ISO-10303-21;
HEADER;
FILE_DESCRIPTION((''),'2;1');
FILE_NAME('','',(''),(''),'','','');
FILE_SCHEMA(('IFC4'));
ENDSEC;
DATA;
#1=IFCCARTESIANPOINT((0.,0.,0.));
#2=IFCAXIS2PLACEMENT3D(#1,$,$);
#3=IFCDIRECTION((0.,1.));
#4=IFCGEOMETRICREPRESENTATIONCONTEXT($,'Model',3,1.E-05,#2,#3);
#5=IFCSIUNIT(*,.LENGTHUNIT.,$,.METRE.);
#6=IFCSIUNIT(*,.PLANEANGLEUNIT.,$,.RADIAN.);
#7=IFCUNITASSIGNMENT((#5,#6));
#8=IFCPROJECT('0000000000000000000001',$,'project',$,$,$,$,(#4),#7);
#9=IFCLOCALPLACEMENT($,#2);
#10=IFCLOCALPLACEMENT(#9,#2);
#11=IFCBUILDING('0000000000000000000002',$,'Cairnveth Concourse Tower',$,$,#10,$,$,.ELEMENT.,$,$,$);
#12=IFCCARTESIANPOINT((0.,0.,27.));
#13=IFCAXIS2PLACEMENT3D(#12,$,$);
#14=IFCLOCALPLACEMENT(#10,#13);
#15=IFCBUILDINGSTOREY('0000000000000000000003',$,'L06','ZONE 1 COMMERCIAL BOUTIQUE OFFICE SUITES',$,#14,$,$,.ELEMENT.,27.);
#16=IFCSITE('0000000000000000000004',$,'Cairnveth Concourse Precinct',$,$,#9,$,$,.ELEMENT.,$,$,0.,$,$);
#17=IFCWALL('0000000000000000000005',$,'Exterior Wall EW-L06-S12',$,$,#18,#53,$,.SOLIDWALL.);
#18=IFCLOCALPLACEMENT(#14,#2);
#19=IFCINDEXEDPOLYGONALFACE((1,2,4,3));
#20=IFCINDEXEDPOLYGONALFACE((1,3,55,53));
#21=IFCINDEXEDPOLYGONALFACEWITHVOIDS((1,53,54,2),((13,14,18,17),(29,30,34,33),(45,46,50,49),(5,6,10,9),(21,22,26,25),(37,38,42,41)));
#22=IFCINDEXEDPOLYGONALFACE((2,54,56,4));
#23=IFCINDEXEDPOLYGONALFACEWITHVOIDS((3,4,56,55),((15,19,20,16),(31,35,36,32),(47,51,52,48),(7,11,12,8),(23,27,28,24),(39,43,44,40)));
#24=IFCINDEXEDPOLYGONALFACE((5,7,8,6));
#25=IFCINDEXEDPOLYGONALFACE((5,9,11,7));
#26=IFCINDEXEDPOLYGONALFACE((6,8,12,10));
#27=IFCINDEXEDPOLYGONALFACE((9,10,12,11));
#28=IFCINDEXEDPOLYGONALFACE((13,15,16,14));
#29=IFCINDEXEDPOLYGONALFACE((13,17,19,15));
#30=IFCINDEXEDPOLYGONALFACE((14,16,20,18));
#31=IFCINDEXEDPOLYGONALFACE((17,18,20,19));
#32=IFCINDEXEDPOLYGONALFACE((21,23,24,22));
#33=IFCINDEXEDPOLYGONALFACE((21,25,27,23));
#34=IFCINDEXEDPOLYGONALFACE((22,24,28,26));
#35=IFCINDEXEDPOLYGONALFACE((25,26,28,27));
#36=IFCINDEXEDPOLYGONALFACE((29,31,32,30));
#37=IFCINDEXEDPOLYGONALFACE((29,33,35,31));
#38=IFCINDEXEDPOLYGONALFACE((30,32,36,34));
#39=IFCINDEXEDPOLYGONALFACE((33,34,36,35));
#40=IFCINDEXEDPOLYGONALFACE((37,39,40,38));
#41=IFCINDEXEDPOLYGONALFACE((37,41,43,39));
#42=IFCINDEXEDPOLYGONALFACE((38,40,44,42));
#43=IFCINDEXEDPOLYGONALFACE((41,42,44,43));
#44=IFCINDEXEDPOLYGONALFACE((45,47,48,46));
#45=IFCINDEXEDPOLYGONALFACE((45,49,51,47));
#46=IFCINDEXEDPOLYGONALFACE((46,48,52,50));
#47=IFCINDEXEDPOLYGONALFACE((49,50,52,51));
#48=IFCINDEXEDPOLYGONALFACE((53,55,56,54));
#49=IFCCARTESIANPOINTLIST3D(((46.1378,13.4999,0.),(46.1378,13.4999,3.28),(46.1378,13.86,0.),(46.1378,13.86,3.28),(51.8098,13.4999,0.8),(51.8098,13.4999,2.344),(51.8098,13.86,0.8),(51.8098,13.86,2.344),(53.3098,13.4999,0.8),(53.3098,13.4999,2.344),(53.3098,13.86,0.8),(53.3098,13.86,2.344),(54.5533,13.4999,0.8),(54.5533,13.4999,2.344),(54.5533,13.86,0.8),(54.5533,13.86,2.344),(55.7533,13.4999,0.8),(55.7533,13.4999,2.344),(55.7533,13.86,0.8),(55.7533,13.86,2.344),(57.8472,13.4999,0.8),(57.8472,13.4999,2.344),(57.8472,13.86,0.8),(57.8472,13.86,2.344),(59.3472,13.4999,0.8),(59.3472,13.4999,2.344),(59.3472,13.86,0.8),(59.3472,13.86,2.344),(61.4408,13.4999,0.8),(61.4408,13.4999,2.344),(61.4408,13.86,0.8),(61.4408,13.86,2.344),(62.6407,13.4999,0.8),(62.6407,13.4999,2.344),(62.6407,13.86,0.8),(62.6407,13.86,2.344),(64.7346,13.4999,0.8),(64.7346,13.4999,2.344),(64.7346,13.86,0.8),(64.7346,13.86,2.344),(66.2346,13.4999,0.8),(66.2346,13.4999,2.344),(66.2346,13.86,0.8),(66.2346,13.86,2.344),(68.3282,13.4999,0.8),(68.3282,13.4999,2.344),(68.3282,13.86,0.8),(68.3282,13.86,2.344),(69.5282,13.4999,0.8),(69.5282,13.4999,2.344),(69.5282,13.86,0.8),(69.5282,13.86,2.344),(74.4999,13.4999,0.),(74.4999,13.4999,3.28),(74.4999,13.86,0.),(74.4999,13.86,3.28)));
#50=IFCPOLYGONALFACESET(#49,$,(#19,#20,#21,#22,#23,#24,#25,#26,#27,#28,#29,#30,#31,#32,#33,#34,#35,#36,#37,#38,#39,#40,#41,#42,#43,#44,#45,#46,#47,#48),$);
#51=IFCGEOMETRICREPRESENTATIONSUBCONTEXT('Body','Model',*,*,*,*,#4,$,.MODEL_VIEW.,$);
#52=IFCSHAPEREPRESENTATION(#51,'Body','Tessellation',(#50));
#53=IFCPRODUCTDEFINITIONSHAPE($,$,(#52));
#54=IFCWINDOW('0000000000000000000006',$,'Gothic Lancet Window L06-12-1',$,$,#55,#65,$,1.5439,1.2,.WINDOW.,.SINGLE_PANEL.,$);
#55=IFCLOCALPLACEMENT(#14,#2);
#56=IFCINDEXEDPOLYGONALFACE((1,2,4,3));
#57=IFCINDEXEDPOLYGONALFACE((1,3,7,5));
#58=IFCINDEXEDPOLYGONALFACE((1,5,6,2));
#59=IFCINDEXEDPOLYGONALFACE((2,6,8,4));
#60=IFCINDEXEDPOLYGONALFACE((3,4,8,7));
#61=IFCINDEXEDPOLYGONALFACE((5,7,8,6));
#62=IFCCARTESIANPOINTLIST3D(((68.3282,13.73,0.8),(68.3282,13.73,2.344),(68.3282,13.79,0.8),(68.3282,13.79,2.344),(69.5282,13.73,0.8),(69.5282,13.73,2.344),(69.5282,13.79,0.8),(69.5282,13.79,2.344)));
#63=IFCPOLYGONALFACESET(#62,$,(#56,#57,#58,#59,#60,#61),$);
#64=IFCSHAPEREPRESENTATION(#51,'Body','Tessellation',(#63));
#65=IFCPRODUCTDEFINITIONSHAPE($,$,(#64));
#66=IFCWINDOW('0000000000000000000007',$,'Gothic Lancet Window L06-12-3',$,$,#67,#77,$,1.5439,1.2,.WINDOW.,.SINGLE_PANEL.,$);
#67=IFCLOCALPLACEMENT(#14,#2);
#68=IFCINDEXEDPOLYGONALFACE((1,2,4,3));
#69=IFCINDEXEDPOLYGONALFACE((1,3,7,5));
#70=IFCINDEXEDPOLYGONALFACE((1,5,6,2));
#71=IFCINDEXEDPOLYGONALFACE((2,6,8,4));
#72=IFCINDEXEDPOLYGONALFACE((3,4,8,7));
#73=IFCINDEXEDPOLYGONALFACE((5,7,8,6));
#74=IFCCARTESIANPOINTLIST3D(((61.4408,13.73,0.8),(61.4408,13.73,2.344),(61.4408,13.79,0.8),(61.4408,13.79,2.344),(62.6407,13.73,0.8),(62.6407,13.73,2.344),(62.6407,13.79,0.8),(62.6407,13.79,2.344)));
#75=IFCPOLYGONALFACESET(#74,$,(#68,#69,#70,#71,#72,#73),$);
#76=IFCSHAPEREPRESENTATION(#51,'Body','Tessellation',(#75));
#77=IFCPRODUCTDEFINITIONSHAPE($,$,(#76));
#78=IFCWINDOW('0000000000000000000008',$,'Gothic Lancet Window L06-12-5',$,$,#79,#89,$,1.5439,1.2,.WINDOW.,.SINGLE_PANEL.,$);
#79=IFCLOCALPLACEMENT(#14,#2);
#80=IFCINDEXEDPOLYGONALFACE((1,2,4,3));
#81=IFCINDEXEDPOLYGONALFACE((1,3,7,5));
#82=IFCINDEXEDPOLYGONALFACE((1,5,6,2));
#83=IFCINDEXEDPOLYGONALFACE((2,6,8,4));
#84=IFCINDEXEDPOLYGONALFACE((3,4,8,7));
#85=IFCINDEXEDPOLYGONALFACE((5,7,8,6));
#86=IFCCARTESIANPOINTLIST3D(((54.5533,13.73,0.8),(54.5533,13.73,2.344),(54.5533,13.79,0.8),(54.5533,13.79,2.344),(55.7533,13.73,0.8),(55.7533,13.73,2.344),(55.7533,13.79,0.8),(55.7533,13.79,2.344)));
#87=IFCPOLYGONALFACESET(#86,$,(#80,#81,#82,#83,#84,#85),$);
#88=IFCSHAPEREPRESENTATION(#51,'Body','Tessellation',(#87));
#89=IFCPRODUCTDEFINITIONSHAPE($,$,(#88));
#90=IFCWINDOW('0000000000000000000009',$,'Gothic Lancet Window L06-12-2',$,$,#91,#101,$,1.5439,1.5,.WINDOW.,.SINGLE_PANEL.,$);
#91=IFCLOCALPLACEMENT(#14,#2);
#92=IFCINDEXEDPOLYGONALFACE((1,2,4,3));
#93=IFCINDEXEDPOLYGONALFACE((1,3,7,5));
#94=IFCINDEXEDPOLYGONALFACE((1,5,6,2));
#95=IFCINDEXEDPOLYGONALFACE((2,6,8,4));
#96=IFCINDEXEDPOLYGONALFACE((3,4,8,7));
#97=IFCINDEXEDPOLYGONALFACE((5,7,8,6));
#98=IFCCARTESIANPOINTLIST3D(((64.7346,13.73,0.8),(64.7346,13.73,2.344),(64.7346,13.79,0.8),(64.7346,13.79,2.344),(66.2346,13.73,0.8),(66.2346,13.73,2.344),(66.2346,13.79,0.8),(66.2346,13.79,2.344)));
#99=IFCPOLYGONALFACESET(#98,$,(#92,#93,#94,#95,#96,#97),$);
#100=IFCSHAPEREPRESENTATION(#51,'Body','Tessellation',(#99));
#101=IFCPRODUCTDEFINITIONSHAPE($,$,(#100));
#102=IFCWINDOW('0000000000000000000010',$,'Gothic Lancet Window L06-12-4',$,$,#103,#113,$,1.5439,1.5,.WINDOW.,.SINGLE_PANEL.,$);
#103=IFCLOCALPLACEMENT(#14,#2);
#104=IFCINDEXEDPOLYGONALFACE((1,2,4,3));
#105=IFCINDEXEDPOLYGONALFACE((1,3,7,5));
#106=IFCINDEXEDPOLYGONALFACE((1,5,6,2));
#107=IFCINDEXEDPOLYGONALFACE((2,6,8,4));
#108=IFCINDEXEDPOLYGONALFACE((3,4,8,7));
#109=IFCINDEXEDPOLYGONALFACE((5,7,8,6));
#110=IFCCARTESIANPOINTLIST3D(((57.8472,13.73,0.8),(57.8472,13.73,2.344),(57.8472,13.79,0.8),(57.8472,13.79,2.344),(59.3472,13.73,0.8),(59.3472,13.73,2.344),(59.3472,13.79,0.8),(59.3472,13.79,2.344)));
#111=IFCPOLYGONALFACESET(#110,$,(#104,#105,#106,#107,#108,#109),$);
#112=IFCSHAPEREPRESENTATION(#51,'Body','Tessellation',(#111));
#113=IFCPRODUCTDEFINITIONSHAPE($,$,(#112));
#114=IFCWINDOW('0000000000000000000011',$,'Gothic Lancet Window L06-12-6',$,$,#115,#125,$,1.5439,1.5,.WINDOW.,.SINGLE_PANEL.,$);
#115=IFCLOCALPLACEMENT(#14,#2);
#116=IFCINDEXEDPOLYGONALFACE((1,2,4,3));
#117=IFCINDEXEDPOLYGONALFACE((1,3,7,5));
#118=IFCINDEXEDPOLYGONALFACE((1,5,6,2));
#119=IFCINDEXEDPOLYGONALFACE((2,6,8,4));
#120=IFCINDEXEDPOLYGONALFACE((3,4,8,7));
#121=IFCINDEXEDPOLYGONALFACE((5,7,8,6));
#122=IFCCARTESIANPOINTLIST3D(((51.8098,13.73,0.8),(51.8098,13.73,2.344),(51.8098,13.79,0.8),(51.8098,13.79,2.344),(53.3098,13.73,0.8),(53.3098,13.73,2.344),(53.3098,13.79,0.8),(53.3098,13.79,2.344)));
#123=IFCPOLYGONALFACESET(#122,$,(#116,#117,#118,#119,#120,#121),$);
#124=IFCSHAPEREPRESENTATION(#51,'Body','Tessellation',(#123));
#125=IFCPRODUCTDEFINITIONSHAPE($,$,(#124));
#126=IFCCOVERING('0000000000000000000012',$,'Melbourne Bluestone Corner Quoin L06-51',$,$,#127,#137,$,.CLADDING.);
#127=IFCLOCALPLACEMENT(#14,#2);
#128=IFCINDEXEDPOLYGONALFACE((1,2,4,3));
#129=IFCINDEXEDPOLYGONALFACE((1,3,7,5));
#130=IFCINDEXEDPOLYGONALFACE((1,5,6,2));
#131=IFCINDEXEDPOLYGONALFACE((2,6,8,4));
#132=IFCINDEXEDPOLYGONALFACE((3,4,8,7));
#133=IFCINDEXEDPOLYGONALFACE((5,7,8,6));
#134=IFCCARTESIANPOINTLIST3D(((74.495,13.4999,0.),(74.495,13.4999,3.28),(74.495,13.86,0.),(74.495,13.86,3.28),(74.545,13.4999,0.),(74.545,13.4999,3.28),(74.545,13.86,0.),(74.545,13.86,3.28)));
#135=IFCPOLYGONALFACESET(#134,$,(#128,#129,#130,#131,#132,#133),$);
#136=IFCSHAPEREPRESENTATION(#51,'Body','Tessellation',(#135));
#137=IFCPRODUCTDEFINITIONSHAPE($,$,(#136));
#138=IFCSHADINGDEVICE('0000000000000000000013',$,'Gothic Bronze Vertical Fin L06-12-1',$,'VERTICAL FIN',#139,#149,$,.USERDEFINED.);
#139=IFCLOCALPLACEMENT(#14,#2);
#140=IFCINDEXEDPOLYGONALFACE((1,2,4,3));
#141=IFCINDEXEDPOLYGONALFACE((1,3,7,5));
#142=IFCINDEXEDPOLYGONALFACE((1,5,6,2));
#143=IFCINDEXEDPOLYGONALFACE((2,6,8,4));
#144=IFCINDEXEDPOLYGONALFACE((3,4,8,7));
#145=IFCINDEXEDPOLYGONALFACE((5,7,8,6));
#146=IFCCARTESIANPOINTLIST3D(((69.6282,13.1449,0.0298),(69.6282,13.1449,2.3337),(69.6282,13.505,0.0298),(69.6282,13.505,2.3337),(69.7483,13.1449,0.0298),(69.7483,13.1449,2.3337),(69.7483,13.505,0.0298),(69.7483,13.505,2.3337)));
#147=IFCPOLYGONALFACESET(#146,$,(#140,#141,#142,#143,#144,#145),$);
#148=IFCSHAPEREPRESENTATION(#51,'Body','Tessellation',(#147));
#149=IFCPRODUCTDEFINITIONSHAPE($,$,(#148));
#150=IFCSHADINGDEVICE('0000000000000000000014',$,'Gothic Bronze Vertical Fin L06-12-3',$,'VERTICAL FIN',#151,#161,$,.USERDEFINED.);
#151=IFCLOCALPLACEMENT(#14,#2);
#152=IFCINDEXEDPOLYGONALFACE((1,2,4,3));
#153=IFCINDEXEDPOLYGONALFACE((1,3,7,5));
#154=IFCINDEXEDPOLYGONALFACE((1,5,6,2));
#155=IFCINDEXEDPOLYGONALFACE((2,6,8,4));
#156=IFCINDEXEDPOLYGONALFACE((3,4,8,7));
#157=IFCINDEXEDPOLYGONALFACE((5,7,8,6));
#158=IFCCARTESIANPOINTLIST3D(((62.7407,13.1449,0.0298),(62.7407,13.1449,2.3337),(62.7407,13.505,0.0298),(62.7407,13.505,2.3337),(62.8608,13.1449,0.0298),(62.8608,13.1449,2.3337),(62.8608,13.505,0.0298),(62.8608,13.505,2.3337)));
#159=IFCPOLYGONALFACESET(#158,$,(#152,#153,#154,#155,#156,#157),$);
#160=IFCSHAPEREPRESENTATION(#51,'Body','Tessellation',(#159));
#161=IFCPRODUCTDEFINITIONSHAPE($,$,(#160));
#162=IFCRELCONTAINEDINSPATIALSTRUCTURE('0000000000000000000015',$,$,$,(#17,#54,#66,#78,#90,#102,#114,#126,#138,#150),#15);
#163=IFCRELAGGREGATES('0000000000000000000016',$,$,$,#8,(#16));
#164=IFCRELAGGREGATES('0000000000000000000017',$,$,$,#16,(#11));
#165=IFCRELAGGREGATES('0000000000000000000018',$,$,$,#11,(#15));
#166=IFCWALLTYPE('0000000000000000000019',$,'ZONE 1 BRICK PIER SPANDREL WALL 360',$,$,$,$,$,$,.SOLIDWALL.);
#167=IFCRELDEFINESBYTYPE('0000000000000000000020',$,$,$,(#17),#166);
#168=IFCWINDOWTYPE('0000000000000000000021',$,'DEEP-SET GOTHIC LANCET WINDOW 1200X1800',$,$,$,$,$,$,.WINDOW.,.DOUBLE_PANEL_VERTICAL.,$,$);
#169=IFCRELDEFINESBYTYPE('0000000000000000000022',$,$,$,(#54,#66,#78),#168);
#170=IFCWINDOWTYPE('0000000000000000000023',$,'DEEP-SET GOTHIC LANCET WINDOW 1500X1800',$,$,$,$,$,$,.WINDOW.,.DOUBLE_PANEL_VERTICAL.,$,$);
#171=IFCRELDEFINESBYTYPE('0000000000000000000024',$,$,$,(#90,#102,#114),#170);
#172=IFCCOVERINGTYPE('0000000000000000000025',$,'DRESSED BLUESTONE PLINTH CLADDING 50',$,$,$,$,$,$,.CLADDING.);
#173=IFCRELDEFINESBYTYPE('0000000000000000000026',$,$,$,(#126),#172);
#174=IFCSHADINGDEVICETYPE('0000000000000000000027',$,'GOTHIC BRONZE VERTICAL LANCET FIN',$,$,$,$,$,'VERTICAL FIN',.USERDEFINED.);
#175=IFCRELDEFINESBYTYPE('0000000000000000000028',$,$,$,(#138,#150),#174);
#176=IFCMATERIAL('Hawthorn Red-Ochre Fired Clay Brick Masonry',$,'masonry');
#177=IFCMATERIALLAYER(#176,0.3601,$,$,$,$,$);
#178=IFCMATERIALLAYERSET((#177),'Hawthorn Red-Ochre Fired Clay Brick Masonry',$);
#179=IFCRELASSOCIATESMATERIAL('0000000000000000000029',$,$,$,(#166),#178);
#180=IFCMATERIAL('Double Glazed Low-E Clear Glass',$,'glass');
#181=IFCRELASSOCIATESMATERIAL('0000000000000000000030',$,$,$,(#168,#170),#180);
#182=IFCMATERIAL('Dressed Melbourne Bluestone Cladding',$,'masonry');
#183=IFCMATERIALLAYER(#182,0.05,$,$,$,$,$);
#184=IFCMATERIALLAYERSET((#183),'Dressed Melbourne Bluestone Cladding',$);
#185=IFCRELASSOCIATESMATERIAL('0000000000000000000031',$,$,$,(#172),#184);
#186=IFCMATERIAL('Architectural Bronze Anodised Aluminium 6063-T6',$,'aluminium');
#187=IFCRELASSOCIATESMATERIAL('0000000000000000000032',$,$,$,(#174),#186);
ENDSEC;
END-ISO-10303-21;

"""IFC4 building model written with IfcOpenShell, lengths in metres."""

from ifc_helpers import new_model, si_unit, direction, frame, frame_2d, origin, origin_2d, place, context, subcontext, project, spatial, rectangle, extrude, material, layer, layer_set, type_object, element, fill, save


model = new_model("IFC4")

# Units and contexts
model_context = context("Model", 3, precision=1e-05, world=origin(), true_north=direction((0.0, 1.0)))
body_context = subcontext(model_context, "Body", "Model", "MODEL_VIEW")
ifc_project = project(units=[si_unit("LENGTHUNIT", "METRE"), si_unit("PLANEANGLEUNIT", "RADIAN")], contexts=[model_context])

# Site, building, storey
site_placement = place(None, origin())
site = spatial("IfcSite", under=ifc_project, at=site_placement, Name="Cairnveth Concourse Precinct", CompositionType="ELEMENT", RefElevation=0.0)
building_placement = place(site_placement, origin())
building = spatial("IfcBuilding", under=site, at=building_placement, Name="Cairnveth Concourse Tower", CompositionType="ELEMENT")
storey_placement = place(building_placement, frame((0.0, 0.0, 27.0)))
storey = spatial("IfcBuildingStorey", under=building, at=storey_placement, Name="L06", Description="ZONE 1 COMMERCIAL BOUTIQUE OFFICE SUITES", CompositionType="ELEMENT", Elevation=27.0)

# Shared definitions
ifc_material_1 = material(Name="Hawthorn Red-Ochre Fired Clay Brick Masonry", Category="masonry")
ifc_layer_1 = layer(ifc_material_1, 0.3601)
ifc_layer_set_1 = layer_set([ifc_layer_1], Name="Hawthorn Red-Ochre Fired Clay Brick Masonry")
wall_type = type_object("IfcWallType", Name="ZONE 1 BRICK PIER SPANDREL WALL 360", PredefinedType="SOLIDWALL", material=ifc_layer_set_1)

# Wall, openings, windows
wall_1_placement = place(storey_placement, frame((74.5, 13.6799, 0.0), z_axis=(0.0, 0.0, 1.0), x_axis=(-1.0, 0.0, 0.0)))
wall_1 = element("IfcWall", 1, at=wall_1_placement, inside=storey, type_object=wall_type, Name="Exterior Wall EW-L06-S12", PredefinedType="SOLIDWALL", context=body_context, shape_type="SweptSolid", body=[
    extrude(rectangle(XDim=28.3621, YDim=0.3601, at=frame_2d((14.1812, 0.0))), origin(), (0.0, 0.0, 1.0), 3.28),
])
opening_1_placement = place(wall_1_placement, frame((4.9717, 0.0, 0.8)))
opening_1 = element("IfcOpeningElement", 2, at=opening_1_placement, cuts=wall_1, PredefinedType="OPENING", context=body_context, shape_type="SweptSolid", body=[
    extrude(rectangle(XDim=1.2, YDim=1.5439, at=frame_2d((0.6001, 0.772))), frame((0.0, 0.1899, 0.0), z_axis=(0.0, -1.0, 0.0), x_axis=(1.0, 0.0, 0.0)), (0.0, 0.0, 1.0), 0.3801),
])
opening_2_placement = place(wall_1_placement, frame((8.2654, 0.0, 0.8)))
opening_2 = element("IfcOpeningElement", 3, at=opening_2_placement, cuts=wall_1, PredefinedType="OPENING", context=body_context, shape_type="SweptSolid", body=[
    extrude(rectangle(XDim=1.5, YDim=1.5439, at=frame_2d((0.75, 0.772))), frame((0.0, 0.1899, 0.0), z_axis=(0.0, -1.0, 0.0), x_axis=(1.0, 0.0, 0.0)), (0.0, 0.0, 1.0), 0.3801),
])
opening_3_placement = place(wall_1_placement, frame((11.8591, 0.0, 0.8)))
opening_3 = element("IfcOpeningElement", 4, at=opening_3_placement, cuts=wall_1, PredefinedType="OPENING", context=body_context, shape_type="SweptSolid", body=[
    extrude(rectangle(XDim=1.2, YDim=1.5439, at=frame_2d((0.6001, 0.772))), frame((0.0, 0.1899, 0.0), z_axis=(0.0, -1.0, 0.0), x_axis=(1.0, 0.0, 0.0)), (0.0, 0.0, 1.0), 0.3801),
])
opening_4_placement = place(wall_1_placement, frame((15.1528, 0.0, 0.8)))
opening_4 = element("IfcOpeningElement", 5, at=opening_4_placement, cuts=wall_1, PredefinedType="OPENING", context=body_context, shape_type="SweptSolid", body=[
    extrude(rectangle(XDim=1.5, YDim=1.5439, at=frame_2d((0.75, 0.772))), frame((0.0, 0.1899, 0.0), z_axis=(0.0, -1.0, 0.0), x_axis=(1.0, 0.0, 0.0)), (0.0, 0.0, 1.0), 0.3801),
])
opening_5_placement = place(wall_1_placement, frame((18.7466, 0.0, 0.8)))
opening_5 = element("IfcOpeningElement", 6, at=opening_5_placement, cuts=wall_1, PredefinedType="OPENING", context=body_context, shape_type="SweptSolid", body=[
    extrude(rectangle(XDim=1.2, YDim=1.5439, at=frame_2d((0.6001, 0.772))), frame((0.0, 0.1899, 0.0), z_axis=(0.0, -1.0, 0.0), x_axis=(1.0, 0.0, 0.0)), (0.0, 0.0, 1.0), 0.3801),
])
opening_6_placement = place(wall_1_placement, frame((21.1902, 0.0, 0.8)))
opening_6 = element("IfcOpeningElement", 7, at=opening_6_placement, cuts=wall_1, PredefinedType="OPENING", context=body_context, shape_type="SweptSolid", body=[
    extrude(rectangle(XDim=1.5, YDim=1.5439, at=frame_2d((0.75, 0.772))), frame((0.0, 0.1899, 0.0), z_axis=(0.0, -1.0, 0.0), x_axis=(1.0, 0.0, 0.0)), (0.0, 0.0, 1.0), 0.3801),
])
ifc_material_2 = material(Name="Double Glazed Low-E Clear Glass", Category="glass")
window_type_1 = type_object("IfcWindowType", Name="DEEP-SET GOTHIC LANCET WINDOW 1200X1800", PartitioningType="DOUBLE_PANEL_VERTICAL", PredefinedType="WINDOW", material=ifc_material_2)
window_1_placement = place(opening_1_placement, origin())
window_1 = element("IfcWindow", 8, at=window_1_placement, inside=storey, type_object=window_type_1, Name="Gothic Lancet Window L06-12-1", OverallHeight=1.5439, OverallWidth=1.2, PartitioningType="SINGLE_PANEL", PredefinedType="WINDOW", context=body_context, shape_type="SweptSolid", body=[
    extrude(rectangle(XDim=1.2, YDim=1.5439, at=frame_2d((0.6001, 0.772))), frame((0.0, -0.05, 0.0), z_axis=(0.0, -1.0, 0.0), x_axis=(1.0, 0.0, 0.0)), (0.0, 0.0, 1.0), 0.0601),
])
fill(opening_1, window_1)
window_2_placement = place(opening_3_placement, origin())
window_2 = element("IfcWindow", 9, at=window_2_placement, inside=storey, type_object=window_type_1, Name="Gothic Lancet Window L06-12-3", OverallHeight=1.5439, OverallWidth=1.2, PartitioningType="SINGLE_PANEL", PredefinedType="WINDOW", context=body_context, shape_type="SweptSolid", body=[
    extrude(rectangle(XDim=1.2, YDim=1.5439, at=frame_2d((0.6001, 0.772))), frame((0.0, -0.05, 0.0), z_axis=(0.0, -1.0, 0.0), x_axis=(1.0, 0.0, 0.0)), (0.0, 0.0, 1.0), 0.0601),
])
fill(opening_3, window_2)
window_3_placement = place(opening_5_placement, origin())
window_3 = element("IfcWindow", 10, at=window_3_placement, inside=storey, type_object=window_type_1, Name="Gothic Lancet Window L06-12-5", OverallHeight=1.5439, OverallWidth=1.2, PartitioningType="SINGLE_PANEL", PredefinedType="WINDOW", context=body_context, shape_type="SweptSolid", body=[
    extrude(rectangle(XDim=1.2, YDim=1.5439, at=frame_2d((0.6001, 0.772))), frame((0.0, -0.05, 0.0), z_axis=(0.0, -1.0, 0.0), x_axis=(1.0, 0.0, 0.0)), (0.0, 0.0, 1.0), 0.0601),
])
fill(opening_5, window_3)
window_type_2 = type_object("IfcWindowType", Name="DEEP-SET GOTHIC LANCET WINDOW 1500X1800", PartitioningType="DOUBLE_PANEL_VERTICAL", PredefinedType="WINDOW", material=ifc_material_2)
window_4_placement = place(opening_2_placement, origin())
window_4 = element("IfcWindow", 11, at=window_4_placement, inside=storey, type_object=window_type_2, Name="Gothic Lancet Window L06-12-2", OverallHeight=1.5439, OverallWidth=1.5, PartitioningType="SINGLE_PANEL", PredefinedType="WINDOW", context=body_context, shape_type="SweptSolid", body=[
    extrude(rectangle(XDim=1.5, YDim=1.5439, at=frame_2d((0.75, 0.772))), frame((0.0, -0.05, 0.0), z_axis=(0.0, -1.0, 0.0), x_axis=(1.0, 0.0, 0.0)), (0.0, 0.0, 1.0), 0.0601),
])
fill(opening_2, window_4)
window_5_placement = place(opening_4_placement, origin())
window_5 = element("IfcWindow", 12, at=window_5_placement, inside=storey, type_object=window_type_2, Name="Gothic Lancet Window L06-12-4", OverallHeight=1.5439, OverallWidth=1.5, PartitioningType="SINGLE_PANEL", PredefinedType="WINDOW", context=body_context, shape_type="SweptSolid", body=[
    extrude(rectangle(XDim=1.5, YDim=1.5439, at=frame_2d((0.75, 0.772))), frame((0.0, -0.05, 0.0), z_axis=(0.0, -1.0, 0.0), x_axis=(1.0, 0.0, 0.0)), (0.0, 0.0, 1.0), 0.0601),
])
fill(opening_4, window_5)
window_6_placement = place(opening_6_placement, origin())
window_6 = element("IfcWindow", 13, at=window_6_placement, inside=storey, type_object=window_type_2, Name="Gothic Lancet Window L06-12-6", OverallHeight=1.5439, OverallWidth=1.5, PartitioningType="SINGLE_PANEL", PredefinedType="WINDOW", context=body_context, shape_type="SweptSolid", body=[
    extrude(rectangle(XDim=1.5, YDim=1.5439, at=frame_2d((0.75, 0.772))), frame((0.0, -0.05, 0.0), z_axis=(0.0, -1.0, 0.0), x_axis=(1.0, 0.0, 0.0)), (0.0, 0.0, 1.0), 0.0601),
])
fill(opening_6, window_6)

# Covering
ifc_material_3 = material(Name="Dressed Melbourne Bluestone Cladding", Category="masonry")
ifc_layer_2 = layer(ifc_material_3, 0.05)
ifc_layer_set_2 = layer_set([ifc_layer_2], Name="Dressed Melbourne Bluestone Cladding")
covering_type = type_object("IfcCoveringType", Name="DRESSED BLUESTONE PLINTH CLADDING 50", PredefinedType="CLADDING", material=ifc_layer_set_2)
covering_placement = place(storey_placement, frame((74.52, 13.8601, 0.0), z_axis=(0.0, 0.0, 1.0), x_axis=(0.0, -1.0, 0.0)))
element("IfcCovering", 14, at=covering_placement, inside=storey, type_object=covering_type, Name="Melbourne Bluestone Corner Quoin L06-51", PredefinedType="CLADDING", context=body_context, shape_type="SweptSolid", body=[
    extrude(rectangle(XDim=0.3601, YDim=0.05, at=frame_2d((0.1802, 0.0))), origin(), (0.0, 0.0, 1.0), 3.28),
])

# Shading devices
ifc_material_4 = material(Name="Architectural Bronze Anodised Aluminium 6063-T6", Category="aluminium")
shading_device_type = type_object("IfcShadingDeviceType", Name="GOTHIC BRONZE VERTICAL LANCET FIN", ElementType="VERTICAL FIN", PredefinedType="USERDEFINED", material=ifc_material_4)
for number, where, z_axis, x_axis, name in (
    (15, (69.6882, 13.325, 0.0298), (0.0, 0.0, 1.0), (1.0, 0.0, 0.0), "Gothic Bronze Vertical Fin L06-12-1"),
    (16, (62.8008, 13.325, 0.0298), (0.0, 0.0, 1.0), (1.0, 0.0, 0.0), "Gothic Bronze Vertical Fin L06-12-3"),
):
    element("IfcShadingDevice", number, at=place(storey_placement, frame(where, z_axis=z_axis, x_axis=x_axis)), inside=storey, type_object=shading_device_type, Name=name, ObjectType="VERTICAL FIN", PredefinedType="USERDEFINED", context=body_context, shape_type="SweptSolid", body=[
        extrude(rectangle(XDim=0.1201, YDim=0.3601, at=origin_2d()), origin(), (0.0, 0.0, 1.0), 2.304),
    ])

save(model, "model.ifc")
